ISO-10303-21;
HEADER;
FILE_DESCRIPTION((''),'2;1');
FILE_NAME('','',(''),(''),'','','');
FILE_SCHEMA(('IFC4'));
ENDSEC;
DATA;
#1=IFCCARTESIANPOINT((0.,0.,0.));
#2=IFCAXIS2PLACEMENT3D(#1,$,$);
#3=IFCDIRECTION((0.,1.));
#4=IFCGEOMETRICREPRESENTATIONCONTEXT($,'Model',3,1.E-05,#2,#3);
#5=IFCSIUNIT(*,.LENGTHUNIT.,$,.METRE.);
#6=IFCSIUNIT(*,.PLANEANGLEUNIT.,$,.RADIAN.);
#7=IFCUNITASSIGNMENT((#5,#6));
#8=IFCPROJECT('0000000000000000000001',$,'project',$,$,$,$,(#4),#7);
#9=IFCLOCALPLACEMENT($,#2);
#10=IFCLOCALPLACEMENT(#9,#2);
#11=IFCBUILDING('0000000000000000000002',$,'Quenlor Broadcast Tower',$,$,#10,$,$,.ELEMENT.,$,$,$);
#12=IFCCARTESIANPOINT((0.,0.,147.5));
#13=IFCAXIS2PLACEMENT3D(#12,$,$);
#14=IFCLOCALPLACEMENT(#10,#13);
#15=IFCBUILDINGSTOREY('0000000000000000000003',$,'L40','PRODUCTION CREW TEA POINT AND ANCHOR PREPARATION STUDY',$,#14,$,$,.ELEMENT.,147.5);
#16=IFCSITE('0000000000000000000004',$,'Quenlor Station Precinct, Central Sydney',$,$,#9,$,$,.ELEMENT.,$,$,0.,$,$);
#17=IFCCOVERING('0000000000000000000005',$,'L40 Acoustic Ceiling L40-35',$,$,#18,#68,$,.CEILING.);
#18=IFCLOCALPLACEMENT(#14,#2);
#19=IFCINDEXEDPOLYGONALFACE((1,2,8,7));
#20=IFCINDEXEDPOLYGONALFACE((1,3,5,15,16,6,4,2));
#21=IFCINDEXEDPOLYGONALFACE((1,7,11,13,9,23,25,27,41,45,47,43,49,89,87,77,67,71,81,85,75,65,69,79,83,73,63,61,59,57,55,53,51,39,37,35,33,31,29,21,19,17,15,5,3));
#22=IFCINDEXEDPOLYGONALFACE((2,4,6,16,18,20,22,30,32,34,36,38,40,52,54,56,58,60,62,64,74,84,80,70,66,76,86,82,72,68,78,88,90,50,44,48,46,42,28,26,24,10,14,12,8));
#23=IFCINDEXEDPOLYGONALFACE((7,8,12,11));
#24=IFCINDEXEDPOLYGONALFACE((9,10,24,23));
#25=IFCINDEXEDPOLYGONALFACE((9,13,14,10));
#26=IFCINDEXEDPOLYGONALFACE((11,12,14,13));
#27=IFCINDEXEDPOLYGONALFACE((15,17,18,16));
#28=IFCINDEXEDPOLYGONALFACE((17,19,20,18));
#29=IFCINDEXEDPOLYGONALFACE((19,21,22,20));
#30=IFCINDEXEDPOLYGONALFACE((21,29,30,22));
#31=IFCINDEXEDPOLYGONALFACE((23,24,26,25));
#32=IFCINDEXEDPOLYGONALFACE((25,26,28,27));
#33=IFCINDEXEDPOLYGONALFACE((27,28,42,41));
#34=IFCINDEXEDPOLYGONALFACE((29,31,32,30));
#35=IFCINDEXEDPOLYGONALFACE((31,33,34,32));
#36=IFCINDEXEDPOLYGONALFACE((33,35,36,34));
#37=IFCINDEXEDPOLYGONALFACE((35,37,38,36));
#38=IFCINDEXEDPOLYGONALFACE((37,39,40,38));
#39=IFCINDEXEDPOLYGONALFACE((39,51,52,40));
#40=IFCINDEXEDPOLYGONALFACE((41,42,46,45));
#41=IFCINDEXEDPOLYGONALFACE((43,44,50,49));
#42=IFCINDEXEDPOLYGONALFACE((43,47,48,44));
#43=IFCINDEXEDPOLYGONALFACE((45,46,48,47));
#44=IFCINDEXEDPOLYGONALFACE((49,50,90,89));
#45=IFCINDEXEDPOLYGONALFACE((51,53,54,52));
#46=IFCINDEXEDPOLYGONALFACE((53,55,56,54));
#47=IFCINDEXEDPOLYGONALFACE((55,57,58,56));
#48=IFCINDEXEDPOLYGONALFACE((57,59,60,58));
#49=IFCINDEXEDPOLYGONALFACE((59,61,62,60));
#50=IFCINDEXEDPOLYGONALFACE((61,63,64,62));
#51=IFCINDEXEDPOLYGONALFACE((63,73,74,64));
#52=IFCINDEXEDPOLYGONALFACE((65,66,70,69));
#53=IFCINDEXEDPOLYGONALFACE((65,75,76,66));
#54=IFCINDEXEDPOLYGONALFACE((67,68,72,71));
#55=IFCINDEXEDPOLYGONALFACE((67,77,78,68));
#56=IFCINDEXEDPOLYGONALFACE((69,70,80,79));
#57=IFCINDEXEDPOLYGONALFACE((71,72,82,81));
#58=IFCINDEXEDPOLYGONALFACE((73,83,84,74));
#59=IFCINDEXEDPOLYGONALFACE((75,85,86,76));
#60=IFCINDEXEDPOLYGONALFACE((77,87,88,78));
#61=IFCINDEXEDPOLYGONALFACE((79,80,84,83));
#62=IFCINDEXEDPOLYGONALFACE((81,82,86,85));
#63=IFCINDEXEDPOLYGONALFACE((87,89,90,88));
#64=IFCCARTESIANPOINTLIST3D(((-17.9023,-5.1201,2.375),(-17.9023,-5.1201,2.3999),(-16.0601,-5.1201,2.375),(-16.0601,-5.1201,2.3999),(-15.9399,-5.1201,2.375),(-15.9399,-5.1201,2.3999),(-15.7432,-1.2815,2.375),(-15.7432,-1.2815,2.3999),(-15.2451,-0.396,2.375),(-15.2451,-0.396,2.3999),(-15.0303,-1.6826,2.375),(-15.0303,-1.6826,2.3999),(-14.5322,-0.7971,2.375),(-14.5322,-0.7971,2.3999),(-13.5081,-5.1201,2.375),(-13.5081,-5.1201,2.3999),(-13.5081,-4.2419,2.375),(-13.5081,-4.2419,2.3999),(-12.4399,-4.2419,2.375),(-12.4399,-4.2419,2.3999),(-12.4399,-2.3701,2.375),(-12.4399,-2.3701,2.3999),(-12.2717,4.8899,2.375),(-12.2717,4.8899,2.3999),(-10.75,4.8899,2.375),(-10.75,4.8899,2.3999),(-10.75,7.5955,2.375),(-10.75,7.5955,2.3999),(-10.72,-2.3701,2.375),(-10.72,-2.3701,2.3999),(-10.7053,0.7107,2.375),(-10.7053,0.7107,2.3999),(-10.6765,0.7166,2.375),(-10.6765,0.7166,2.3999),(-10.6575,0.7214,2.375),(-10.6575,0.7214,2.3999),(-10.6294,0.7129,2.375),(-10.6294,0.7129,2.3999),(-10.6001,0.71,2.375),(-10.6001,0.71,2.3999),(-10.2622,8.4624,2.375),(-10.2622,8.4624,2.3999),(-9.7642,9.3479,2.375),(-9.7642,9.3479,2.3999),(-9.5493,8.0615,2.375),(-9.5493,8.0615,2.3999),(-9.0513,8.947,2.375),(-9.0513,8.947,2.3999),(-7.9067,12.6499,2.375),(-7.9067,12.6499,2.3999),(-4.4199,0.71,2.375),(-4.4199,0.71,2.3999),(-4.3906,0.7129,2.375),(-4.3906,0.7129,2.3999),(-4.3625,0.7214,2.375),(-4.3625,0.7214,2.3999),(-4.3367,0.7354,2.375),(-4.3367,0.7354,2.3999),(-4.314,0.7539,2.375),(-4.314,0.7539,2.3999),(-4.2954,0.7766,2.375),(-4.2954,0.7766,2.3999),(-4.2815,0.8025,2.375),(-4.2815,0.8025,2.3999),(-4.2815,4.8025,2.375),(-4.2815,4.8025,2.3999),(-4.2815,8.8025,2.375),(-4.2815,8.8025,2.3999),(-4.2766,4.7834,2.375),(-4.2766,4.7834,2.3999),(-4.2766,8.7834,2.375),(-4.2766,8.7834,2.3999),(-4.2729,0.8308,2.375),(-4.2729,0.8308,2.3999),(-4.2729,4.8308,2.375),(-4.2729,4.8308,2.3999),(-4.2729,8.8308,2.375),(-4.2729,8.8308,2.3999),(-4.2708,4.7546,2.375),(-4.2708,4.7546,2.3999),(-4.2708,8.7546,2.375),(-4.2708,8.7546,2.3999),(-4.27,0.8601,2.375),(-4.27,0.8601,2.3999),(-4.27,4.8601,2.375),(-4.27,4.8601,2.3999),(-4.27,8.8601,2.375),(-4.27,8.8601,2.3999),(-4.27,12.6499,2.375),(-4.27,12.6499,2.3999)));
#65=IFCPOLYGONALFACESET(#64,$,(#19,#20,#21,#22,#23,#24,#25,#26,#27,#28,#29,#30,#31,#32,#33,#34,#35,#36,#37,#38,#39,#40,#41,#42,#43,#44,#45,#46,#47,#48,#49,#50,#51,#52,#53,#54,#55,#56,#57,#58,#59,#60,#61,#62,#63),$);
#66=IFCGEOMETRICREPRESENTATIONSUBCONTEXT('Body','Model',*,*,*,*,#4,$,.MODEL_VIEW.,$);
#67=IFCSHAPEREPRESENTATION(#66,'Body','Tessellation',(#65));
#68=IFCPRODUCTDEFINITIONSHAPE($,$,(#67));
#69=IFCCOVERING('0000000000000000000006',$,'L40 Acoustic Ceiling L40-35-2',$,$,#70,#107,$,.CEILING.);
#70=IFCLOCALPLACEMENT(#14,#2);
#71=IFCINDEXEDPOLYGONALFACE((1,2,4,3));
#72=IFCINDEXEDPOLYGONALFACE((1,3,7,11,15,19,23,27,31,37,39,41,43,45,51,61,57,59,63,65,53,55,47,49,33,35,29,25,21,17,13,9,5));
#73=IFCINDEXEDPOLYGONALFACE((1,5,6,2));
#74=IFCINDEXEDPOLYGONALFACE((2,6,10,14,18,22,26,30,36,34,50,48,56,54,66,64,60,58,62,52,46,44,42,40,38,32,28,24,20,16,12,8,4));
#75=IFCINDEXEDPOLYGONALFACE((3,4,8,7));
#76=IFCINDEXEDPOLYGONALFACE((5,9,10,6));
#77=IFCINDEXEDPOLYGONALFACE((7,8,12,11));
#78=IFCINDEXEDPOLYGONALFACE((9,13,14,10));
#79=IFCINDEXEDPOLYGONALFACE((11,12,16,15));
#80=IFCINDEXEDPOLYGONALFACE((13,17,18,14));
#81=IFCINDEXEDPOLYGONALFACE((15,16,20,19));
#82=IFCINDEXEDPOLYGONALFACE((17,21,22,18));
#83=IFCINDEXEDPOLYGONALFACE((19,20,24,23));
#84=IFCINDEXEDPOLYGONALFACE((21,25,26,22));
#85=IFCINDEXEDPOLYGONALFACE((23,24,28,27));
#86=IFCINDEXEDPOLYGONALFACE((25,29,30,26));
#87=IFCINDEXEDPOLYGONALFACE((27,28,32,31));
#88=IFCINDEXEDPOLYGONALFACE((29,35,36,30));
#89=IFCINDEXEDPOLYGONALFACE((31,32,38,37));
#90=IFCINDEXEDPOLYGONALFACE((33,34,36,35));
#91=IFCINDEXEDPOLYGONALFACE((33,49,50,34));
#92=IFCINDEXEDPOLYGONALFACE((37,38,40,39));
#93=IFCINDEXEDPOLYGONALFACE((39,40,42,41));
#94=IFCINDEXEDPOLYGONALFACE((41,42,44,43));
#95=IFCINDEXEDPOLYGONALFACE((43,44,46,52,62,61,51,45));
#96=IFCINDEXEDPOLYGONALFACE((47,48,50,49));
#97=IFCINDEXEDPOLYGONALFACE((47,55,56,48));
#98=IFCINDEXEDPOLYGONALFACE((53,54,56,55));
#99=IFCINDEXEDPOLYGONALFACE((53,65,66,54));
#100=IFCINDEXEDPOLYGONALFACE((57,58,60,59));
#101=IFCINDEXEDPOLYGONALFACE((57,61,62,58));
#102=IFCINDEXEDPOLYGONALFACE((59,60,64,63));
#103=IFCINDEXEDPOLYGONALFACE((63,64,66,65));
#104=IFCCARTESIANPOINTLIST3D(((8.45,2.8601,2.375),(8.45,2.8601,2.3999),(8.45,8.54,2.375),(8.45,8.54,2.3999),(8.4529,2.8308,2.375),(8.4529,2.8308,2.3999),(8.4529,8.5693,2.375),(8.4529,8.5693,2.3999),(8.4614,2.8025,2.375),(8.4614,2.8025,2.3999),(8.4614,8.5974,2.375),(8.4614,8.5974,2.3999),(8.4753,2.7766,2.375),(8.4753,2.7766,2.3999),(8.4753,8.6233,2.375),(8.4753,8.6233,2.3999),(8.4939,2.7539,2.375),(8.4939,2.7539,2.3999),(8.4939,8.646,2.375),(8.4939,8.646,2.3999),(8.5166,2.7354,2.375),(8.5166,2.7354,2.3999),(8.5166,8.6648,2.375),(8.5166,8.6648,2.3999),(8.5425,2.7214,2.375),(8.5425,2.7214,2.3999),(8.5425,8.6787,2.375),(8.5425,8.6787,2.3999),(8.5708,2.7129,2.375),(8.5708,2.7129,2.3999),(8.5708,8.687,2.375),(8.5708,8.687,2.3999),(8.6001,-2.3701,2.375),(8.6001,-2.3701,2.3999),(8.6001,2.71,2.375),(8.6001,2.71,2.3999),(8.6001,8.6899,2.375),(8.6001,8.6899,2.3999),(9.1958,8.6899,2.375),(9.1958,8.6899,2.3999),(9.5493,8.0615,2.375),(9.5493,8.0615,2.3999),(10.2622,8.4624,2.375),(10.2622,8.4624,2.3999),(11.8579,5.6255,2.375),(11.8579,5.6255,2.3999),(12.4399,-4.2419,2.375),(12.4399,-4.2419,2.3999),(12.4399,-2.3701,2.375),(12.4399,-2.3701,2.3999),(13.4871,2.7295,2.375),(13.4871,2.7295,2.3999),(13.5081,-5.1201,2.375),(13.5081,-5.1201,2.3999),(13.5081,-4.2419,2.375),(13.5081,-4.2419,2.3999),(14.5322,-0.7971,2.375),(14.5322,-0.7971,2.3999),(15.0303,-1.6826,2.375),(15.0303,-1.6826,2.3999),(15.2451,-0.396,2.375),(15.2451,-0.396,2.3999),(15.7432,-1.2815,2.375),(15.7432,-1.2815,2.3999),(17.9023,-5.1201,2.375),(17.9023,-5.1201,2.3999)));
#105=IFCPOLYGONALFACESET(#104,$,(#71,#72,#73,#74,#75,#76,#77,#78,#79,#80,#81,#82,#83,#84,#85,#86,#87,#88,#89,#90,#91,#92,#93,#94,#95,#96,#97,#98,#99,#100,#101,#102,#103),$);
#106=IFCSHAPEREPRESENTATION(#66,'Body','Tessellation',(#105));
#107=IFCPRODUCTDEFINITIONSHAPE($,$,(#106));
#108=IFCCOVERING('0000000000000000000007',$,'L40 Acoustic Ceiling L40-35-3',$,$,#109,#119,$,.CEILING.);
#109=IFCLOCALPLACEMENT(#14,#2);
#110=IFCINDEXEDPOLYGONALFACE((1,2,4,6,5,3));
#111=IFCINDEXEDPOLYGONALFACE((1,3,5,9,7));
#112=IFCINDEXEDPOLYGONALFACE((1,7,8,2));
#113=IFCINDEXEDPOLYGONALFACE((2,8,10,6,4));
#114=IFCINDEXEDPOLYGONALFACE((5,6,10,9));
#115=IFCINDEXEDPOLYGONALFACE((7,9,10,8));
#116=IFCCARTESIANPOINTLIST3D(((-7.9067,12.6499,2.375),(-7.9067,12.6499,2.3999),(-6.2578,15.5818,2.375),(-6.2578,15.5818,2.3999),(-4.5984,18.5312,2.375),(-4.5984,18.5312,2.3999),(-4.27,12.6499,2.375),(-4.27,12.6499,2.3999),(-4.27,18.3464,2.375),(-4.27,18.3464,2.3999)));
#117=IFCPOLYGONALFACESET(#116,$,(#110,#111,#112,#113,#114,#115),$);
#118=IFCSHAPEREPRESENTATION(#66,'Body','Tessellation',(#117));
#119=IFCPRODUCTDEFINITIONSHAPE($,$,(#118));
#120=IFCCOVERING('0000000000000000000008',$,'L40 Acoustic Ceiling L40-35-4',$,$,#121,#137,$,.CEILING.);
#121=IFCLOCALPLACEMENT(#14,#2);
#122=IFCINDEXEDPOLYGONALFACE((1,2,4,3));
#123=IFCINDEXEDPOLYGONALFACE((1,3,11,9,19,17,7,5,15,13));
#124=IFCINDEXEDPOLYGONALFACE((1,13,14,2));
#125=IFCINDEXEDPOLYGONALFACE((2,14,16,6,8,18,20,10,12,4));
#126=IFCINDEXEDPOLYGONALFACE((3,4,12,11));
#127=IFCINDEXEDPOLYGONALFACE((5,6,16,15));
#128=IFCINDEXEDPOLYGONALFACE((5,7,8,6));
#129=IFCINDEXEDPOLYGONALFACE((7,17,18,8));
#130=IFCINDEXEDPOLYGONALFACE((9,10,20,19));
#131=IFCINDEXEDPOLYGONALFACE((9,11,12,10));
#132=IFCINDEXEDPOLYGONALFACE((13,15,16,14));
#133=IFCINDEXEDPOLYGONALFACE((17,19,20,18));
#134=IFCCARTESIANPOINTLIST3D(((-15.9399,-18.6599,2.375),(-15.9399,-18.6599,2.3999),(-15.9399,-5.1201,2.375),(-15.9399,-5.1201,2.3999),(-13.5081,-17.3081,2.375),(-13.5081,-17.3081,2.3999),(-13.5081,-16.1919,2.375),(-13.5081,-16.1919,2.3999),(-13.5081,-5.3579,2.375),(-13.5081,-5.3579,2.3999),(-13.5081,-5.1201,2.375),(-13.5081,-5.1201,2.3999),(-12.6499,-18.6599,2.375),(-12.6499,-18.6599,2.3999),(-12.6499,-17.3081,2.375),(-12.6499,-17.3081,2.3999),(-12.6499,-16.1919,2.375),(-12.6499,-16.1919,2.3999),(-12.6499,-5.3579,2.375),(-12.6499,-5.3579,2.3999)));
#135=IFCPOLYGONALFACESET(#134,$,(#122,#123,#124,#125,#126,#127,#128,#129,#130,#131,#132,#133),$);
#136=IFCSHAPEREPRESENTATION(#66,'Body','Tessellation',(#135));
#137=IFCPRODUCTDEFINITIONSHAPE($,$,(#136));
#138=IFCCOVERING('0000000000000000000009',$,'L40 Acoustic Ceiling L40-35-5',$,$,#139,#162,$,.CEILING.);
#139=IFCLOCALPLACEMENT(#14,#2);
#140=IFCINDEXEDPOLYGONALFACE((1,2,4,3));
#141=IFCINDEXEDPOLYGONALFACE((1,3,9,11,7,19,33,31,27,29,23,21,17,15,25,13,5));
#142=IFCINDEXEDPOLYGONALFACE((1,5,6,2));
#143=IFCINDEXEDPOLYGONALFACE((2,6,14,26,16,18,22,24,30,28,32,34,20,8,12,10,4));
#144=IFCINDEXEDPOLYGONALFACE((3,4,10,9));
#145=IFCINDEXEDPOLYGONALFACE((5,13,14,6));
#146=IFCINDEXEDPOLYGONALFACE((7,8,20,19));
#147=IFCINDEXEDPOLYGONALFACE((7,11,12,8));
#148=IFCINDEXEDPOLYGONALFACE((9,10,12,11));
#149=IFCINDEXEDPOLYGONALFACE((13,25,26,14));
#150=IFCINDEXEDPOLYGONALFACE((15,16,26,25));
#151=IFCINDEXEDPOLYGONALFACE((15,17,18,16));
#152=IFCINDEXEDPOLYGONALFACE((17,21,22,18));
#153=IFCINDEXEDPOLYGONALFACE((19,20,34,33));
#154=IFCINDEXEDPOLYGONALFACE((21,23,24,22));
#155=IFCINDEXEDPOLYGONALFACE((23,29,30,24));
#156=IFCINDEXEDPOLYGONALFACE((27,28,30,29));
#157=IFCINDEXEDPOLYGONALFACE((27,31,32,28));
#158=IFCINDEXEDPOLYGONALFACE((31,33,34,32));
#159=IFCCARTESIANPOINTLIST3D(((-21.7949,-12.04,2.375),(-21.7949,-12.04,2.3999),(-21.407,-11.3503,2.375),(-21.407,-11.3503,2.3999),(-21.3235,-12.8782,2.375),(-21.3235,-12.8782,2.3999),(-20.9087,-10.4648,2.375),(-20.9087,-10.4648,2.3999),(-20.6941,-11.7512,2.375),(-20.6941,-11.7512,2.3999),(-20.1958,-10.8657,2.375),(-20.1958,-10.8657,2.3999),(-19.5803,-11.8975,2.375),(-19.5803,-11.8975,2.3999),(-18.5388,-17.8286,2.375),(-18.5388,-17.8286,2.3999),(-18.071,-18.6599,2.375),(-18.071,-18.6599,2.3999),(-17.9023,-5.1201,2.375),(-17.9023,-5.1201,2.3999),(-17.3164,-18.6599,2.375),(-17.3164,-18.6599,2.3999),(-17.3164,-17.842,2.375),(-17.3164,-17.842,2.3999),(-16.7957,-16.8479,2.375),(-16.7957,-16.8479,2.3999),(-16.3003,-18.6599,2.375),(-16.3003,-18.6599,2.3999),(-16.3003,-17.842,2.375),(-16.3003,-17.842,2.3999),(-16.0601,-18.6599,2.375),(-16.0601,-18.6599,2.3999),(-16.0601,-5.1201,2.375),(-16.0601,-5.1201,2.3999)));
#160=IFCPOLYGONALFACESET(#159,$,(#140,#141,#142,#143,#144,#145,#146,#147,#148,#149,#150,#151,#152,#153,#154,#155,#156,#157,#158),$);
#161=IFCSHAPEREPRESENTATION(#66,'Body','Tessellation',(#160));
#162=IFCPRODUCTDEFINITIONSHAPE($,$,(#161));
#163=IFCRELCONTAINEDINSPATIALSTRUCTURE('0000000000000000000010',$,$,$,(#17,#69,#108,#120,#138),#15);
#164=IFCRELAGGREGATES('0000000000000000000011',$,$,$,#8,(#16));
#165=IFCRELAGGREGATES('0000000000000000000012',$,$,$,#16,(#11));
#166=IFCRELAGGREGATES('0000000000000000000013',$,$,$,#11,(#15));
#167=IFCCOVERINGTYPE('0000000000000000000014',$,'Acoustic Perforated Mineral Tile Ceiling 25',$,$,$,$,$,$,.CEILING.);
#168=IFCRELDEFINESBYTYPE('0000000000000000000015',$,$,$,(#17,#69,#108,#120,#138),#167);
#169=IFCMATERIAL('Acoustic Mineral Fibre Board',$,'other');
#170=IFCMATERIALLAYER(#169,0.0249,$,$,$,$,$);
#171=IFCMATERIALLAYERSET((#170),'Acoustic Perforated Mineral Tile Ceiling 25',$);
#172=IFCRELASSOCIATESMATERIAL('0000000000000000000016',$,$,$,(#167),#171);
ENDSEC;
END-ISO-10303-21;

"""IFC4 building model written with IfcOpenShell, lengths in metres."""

from ifc_helpers import new_model, si_unit, direction, frame, origin, place, context, subcontext, project, spatial, polyline, outline, extrude, material, layer, layer_set, type_object, element, save


model = new_model("IFC4")

# Units and contexts
model_context = context("Model", 3, precision=1e-05, world=origin(), true_north=direction((0.0, 1.0)))
body_context = subcontext(model_context, "Body", "Model", "MODEL_VIEW")
ifc_project = project(units=[si_unit("LENGTHUNIT", "METRE"), si_unit("PLANEANGLEUNIT", "RADIAN")], contexts=[model_context])

# Site, building, storey
site_placement = place(None, origin())
site = spatial("IfcSite", under=ifc_project, at=site_placement, Name="Quenlor Station Precinct, Central Sydney", CompositionType="ELEMENT", RefElevation=0.0)
building_placement = place(site_placement, origin())
building = spatial("IfcBuilding", under=site, at=building_placement, Name="Quenlor Broadcast Tower", CompositionType="ELEMENT")
storey_placement = place(building_placement, frame((0.0, 0.0, 147.5)))
storey = spatial("IfcBuildingStorey", under=building, at=storey_placement, Name="L40", Description="PRODUCTION CREW TEA POINT AND ANCHOR PREPARATION STUDY", CompositionType="ELEMENT", Elevation=147.5)

# Coverings
ifc_material_1 = material(Name="Acoustic Mineral Fibre Board", Category="other")
ifc_layer_1 = layer(ifc_material_1, 0.0249)
ifc_layer_set_1 = layer_set([ifc_layer_1], Name="Acoustic Perforated Mineral Tile Ceiling 25")
covering_type = type_object("IfcCoveringType", Name="Acoustic Perforated Mineral Tile Ceiling 25", PredefinedType="CEILING", material=ifc_layer_set_1)
covering_1_placement = place(storey_placement, frame((0.0, 0.0, 2.375)))
element("IfcCovering", 1, at=covering_1_placement, inside=storey, type_object=covering_type, Name="L40 Acoustic Ceiling L40-35", PredefinedType="CEILING", context=body_context, shape_type="SweptSolid", body=[
    extrude(outline(polyline([(-4.2815, 8.8025), (-4.2766, 8.7834), (-4.2708, 8.7546), (-4.27, 4.8601), (-4.2729, 4.8308), (-4.2815, 4.8025), (-4.2766, 4.7834), (-4.2708, 4.7546), (-4.27, 0.8601), (-4.2729, 0.8308), (-4.2815, 0.8025), (-4.2954, 0.7766), (-4.314, 0.7539), (-4.3367, 0.7354), (-4.3625, 0.7214), (-4.3906, 0.7129), (-4.4199, 0.71), (-10.6001, 0.71), (-10.6294, 0.7129), (-10.6575, 0.7214), (-10.6765, 0.7166), (-10.7053, 0.7107), (-10.72, -2.3701), (-12.4399, -2.3701), (-12.4399, -4.2419), (-13.5081, -4.2419), (-13.5081, -5.1201), (-15.9399, -5.1201), (-16.0601, -5.1201), (-17.9023, -5.1201), (-15.7432, -1.2815), (-15.0303, -1.6826), (-14.5322, -0.7971), (-15.2451, -0.396), (-12.2717, 4.8899), (-10.75, 4.8899), (-10.75, 7.5955), (-10.2622, 8.4624), (-9.5493, 8.0615), (-9.0513, 8.947), (-9.7642, 9.3479), (-7.9067, 12.6499), (-4.27, 12.6499), (-4.27, 8.8601), (-4.2729, 8.8308), (-4.2815, 8.8025)])), origin(), (0.0, 0.0, 1.0), 0.0249),
])
covering_2_placement = place(storey_placement, frame((0.0, 0.0, 2.375)))
element("IfcCovering", 2, at=covering_2_placement, inside=storey, type_object=covering_type, Name="L40 Acoustic Ceiling L40-35-2", PredefinedType="CEILING", context=body_context, shape_type="SweptSolid", body=[
    extrude(outline(polyline([(13.5081, -4.2419), (12.4399, -4.2419), (12.4399, -2.3701), (8.6001, -2.3701), (8.6001, 2.71), (8.5708, 2.7129), (8.5425, 2.7214), (8.5166, 2.7354), (8.4939, 2.7539), (8.4753, 2.7766), (8.4614, 2.8025), (8.4529, 2.8308), (8.45, 2.8601), (8.45, 8.54), (8.4529, 8.5693), (8.4614, 8.5974), (8.4753, 8.6233), (8.4939, 8.646), (8.5166, 8.6648), (8.5425, 8.6787), (8.5708, 8.687), (8.6001, 8.6899), (9.1958, 8.6899), (9.5493, 8.0615), (10.2622, 8.4624), (11.8579, 5.6255), (13.4871, 2.7295), (15.2451, -0.396), (14.5322, -0.7971), (15.0303, -1.6826), (15.7432, -1.2815), (17.9023, -5.1201), (13.5081, -5.1201), (13.5081, -4.2419)])), origin(), (0.0, 0.0, 1.0), 0.0249),
])
covering_3_placement = place(storey_placement, frame((0.0, 0.0, 2.375)))
element("IfcCovering", 3, at=covering_3_placement, inside=storey, type_object=covering_type, Name="L40 Acoustic Ceiling L40-35-3", PredefinedType="CEILING", context=body_context, shape_type="SweptSolid", body=[
    extrude(outline(polyline([(-6.2578, 15.5818), (-4.5984, 18.5312), (-4.27, 18.3464), (-4.27, 12.6499), (-7.9067, 12.6499), (-6.2578, 15.5818)])), origin(), (0.0, 0.0, 1.0), 0.0249),
])
covering_4_placement = place(storey_placement, frame((0.0, 0.0, 2.375)))
element("IfcCovering", 4, at=covering_4_placement, inside=storey, type_object=covering_type, Name="L40 Acoustic Ceiling L40-35-4", PredefinedType="CEILING", context=body_context, shape_type="SweptSolid", body=[
    extrude(outline(polyline([(-13.5081, -5.3579), (-12.6499, -5.3579), (-12.6499, -16.1919), (-13.5081, -16.1919), (-13.5081, -17.3081), (-12.6499, -17.3081), (-12.6499, -18.6599), (-15.9399, -18.6599), (-15.9399, -5.1201), (-13.5081, -5.1201), (-13.5081, -5.3579)])), origin(), (0.0, 0.0, 1.0), 0.0249),
])
covering_5_placement = place(storey_placement, frame((0.0, 0.0, 2.375)))
element("IfcCovering", 5, at=covering_5_placement, inside=storey, type_object=covering_type, Name="L40 Acoustic Ceiling L40-35-5", PredefinedType="CEILING", context=body_context, shape_type="SweptSolid", body=[
    extrude(outline(polyline([(-16.0601, -18.6599), (-16.3003, -18.6599), (-16.3003, -17.842), (-17.3164, -17.842), (-17.3164, -18.6599), (-18.071, -18.6599), (-18.5388, -17.8286), (-16.7957, -16.8479), (-19.5803, -11.8975), (-21.3235, -12.8782), (-21.7949, -12.04), (-21.407, -11.3503), (-20.6941, -11.7512), (-20.1958, -10.8657), (-20.9087, -10.4648), (-17.9023, -5.1201), (-16.0601, -5.1201), (-16.0601, -18.6599)])), origin(), (0.0, 0.0, 1.0), 0.0249),
])

save(model, "model.ifc")
